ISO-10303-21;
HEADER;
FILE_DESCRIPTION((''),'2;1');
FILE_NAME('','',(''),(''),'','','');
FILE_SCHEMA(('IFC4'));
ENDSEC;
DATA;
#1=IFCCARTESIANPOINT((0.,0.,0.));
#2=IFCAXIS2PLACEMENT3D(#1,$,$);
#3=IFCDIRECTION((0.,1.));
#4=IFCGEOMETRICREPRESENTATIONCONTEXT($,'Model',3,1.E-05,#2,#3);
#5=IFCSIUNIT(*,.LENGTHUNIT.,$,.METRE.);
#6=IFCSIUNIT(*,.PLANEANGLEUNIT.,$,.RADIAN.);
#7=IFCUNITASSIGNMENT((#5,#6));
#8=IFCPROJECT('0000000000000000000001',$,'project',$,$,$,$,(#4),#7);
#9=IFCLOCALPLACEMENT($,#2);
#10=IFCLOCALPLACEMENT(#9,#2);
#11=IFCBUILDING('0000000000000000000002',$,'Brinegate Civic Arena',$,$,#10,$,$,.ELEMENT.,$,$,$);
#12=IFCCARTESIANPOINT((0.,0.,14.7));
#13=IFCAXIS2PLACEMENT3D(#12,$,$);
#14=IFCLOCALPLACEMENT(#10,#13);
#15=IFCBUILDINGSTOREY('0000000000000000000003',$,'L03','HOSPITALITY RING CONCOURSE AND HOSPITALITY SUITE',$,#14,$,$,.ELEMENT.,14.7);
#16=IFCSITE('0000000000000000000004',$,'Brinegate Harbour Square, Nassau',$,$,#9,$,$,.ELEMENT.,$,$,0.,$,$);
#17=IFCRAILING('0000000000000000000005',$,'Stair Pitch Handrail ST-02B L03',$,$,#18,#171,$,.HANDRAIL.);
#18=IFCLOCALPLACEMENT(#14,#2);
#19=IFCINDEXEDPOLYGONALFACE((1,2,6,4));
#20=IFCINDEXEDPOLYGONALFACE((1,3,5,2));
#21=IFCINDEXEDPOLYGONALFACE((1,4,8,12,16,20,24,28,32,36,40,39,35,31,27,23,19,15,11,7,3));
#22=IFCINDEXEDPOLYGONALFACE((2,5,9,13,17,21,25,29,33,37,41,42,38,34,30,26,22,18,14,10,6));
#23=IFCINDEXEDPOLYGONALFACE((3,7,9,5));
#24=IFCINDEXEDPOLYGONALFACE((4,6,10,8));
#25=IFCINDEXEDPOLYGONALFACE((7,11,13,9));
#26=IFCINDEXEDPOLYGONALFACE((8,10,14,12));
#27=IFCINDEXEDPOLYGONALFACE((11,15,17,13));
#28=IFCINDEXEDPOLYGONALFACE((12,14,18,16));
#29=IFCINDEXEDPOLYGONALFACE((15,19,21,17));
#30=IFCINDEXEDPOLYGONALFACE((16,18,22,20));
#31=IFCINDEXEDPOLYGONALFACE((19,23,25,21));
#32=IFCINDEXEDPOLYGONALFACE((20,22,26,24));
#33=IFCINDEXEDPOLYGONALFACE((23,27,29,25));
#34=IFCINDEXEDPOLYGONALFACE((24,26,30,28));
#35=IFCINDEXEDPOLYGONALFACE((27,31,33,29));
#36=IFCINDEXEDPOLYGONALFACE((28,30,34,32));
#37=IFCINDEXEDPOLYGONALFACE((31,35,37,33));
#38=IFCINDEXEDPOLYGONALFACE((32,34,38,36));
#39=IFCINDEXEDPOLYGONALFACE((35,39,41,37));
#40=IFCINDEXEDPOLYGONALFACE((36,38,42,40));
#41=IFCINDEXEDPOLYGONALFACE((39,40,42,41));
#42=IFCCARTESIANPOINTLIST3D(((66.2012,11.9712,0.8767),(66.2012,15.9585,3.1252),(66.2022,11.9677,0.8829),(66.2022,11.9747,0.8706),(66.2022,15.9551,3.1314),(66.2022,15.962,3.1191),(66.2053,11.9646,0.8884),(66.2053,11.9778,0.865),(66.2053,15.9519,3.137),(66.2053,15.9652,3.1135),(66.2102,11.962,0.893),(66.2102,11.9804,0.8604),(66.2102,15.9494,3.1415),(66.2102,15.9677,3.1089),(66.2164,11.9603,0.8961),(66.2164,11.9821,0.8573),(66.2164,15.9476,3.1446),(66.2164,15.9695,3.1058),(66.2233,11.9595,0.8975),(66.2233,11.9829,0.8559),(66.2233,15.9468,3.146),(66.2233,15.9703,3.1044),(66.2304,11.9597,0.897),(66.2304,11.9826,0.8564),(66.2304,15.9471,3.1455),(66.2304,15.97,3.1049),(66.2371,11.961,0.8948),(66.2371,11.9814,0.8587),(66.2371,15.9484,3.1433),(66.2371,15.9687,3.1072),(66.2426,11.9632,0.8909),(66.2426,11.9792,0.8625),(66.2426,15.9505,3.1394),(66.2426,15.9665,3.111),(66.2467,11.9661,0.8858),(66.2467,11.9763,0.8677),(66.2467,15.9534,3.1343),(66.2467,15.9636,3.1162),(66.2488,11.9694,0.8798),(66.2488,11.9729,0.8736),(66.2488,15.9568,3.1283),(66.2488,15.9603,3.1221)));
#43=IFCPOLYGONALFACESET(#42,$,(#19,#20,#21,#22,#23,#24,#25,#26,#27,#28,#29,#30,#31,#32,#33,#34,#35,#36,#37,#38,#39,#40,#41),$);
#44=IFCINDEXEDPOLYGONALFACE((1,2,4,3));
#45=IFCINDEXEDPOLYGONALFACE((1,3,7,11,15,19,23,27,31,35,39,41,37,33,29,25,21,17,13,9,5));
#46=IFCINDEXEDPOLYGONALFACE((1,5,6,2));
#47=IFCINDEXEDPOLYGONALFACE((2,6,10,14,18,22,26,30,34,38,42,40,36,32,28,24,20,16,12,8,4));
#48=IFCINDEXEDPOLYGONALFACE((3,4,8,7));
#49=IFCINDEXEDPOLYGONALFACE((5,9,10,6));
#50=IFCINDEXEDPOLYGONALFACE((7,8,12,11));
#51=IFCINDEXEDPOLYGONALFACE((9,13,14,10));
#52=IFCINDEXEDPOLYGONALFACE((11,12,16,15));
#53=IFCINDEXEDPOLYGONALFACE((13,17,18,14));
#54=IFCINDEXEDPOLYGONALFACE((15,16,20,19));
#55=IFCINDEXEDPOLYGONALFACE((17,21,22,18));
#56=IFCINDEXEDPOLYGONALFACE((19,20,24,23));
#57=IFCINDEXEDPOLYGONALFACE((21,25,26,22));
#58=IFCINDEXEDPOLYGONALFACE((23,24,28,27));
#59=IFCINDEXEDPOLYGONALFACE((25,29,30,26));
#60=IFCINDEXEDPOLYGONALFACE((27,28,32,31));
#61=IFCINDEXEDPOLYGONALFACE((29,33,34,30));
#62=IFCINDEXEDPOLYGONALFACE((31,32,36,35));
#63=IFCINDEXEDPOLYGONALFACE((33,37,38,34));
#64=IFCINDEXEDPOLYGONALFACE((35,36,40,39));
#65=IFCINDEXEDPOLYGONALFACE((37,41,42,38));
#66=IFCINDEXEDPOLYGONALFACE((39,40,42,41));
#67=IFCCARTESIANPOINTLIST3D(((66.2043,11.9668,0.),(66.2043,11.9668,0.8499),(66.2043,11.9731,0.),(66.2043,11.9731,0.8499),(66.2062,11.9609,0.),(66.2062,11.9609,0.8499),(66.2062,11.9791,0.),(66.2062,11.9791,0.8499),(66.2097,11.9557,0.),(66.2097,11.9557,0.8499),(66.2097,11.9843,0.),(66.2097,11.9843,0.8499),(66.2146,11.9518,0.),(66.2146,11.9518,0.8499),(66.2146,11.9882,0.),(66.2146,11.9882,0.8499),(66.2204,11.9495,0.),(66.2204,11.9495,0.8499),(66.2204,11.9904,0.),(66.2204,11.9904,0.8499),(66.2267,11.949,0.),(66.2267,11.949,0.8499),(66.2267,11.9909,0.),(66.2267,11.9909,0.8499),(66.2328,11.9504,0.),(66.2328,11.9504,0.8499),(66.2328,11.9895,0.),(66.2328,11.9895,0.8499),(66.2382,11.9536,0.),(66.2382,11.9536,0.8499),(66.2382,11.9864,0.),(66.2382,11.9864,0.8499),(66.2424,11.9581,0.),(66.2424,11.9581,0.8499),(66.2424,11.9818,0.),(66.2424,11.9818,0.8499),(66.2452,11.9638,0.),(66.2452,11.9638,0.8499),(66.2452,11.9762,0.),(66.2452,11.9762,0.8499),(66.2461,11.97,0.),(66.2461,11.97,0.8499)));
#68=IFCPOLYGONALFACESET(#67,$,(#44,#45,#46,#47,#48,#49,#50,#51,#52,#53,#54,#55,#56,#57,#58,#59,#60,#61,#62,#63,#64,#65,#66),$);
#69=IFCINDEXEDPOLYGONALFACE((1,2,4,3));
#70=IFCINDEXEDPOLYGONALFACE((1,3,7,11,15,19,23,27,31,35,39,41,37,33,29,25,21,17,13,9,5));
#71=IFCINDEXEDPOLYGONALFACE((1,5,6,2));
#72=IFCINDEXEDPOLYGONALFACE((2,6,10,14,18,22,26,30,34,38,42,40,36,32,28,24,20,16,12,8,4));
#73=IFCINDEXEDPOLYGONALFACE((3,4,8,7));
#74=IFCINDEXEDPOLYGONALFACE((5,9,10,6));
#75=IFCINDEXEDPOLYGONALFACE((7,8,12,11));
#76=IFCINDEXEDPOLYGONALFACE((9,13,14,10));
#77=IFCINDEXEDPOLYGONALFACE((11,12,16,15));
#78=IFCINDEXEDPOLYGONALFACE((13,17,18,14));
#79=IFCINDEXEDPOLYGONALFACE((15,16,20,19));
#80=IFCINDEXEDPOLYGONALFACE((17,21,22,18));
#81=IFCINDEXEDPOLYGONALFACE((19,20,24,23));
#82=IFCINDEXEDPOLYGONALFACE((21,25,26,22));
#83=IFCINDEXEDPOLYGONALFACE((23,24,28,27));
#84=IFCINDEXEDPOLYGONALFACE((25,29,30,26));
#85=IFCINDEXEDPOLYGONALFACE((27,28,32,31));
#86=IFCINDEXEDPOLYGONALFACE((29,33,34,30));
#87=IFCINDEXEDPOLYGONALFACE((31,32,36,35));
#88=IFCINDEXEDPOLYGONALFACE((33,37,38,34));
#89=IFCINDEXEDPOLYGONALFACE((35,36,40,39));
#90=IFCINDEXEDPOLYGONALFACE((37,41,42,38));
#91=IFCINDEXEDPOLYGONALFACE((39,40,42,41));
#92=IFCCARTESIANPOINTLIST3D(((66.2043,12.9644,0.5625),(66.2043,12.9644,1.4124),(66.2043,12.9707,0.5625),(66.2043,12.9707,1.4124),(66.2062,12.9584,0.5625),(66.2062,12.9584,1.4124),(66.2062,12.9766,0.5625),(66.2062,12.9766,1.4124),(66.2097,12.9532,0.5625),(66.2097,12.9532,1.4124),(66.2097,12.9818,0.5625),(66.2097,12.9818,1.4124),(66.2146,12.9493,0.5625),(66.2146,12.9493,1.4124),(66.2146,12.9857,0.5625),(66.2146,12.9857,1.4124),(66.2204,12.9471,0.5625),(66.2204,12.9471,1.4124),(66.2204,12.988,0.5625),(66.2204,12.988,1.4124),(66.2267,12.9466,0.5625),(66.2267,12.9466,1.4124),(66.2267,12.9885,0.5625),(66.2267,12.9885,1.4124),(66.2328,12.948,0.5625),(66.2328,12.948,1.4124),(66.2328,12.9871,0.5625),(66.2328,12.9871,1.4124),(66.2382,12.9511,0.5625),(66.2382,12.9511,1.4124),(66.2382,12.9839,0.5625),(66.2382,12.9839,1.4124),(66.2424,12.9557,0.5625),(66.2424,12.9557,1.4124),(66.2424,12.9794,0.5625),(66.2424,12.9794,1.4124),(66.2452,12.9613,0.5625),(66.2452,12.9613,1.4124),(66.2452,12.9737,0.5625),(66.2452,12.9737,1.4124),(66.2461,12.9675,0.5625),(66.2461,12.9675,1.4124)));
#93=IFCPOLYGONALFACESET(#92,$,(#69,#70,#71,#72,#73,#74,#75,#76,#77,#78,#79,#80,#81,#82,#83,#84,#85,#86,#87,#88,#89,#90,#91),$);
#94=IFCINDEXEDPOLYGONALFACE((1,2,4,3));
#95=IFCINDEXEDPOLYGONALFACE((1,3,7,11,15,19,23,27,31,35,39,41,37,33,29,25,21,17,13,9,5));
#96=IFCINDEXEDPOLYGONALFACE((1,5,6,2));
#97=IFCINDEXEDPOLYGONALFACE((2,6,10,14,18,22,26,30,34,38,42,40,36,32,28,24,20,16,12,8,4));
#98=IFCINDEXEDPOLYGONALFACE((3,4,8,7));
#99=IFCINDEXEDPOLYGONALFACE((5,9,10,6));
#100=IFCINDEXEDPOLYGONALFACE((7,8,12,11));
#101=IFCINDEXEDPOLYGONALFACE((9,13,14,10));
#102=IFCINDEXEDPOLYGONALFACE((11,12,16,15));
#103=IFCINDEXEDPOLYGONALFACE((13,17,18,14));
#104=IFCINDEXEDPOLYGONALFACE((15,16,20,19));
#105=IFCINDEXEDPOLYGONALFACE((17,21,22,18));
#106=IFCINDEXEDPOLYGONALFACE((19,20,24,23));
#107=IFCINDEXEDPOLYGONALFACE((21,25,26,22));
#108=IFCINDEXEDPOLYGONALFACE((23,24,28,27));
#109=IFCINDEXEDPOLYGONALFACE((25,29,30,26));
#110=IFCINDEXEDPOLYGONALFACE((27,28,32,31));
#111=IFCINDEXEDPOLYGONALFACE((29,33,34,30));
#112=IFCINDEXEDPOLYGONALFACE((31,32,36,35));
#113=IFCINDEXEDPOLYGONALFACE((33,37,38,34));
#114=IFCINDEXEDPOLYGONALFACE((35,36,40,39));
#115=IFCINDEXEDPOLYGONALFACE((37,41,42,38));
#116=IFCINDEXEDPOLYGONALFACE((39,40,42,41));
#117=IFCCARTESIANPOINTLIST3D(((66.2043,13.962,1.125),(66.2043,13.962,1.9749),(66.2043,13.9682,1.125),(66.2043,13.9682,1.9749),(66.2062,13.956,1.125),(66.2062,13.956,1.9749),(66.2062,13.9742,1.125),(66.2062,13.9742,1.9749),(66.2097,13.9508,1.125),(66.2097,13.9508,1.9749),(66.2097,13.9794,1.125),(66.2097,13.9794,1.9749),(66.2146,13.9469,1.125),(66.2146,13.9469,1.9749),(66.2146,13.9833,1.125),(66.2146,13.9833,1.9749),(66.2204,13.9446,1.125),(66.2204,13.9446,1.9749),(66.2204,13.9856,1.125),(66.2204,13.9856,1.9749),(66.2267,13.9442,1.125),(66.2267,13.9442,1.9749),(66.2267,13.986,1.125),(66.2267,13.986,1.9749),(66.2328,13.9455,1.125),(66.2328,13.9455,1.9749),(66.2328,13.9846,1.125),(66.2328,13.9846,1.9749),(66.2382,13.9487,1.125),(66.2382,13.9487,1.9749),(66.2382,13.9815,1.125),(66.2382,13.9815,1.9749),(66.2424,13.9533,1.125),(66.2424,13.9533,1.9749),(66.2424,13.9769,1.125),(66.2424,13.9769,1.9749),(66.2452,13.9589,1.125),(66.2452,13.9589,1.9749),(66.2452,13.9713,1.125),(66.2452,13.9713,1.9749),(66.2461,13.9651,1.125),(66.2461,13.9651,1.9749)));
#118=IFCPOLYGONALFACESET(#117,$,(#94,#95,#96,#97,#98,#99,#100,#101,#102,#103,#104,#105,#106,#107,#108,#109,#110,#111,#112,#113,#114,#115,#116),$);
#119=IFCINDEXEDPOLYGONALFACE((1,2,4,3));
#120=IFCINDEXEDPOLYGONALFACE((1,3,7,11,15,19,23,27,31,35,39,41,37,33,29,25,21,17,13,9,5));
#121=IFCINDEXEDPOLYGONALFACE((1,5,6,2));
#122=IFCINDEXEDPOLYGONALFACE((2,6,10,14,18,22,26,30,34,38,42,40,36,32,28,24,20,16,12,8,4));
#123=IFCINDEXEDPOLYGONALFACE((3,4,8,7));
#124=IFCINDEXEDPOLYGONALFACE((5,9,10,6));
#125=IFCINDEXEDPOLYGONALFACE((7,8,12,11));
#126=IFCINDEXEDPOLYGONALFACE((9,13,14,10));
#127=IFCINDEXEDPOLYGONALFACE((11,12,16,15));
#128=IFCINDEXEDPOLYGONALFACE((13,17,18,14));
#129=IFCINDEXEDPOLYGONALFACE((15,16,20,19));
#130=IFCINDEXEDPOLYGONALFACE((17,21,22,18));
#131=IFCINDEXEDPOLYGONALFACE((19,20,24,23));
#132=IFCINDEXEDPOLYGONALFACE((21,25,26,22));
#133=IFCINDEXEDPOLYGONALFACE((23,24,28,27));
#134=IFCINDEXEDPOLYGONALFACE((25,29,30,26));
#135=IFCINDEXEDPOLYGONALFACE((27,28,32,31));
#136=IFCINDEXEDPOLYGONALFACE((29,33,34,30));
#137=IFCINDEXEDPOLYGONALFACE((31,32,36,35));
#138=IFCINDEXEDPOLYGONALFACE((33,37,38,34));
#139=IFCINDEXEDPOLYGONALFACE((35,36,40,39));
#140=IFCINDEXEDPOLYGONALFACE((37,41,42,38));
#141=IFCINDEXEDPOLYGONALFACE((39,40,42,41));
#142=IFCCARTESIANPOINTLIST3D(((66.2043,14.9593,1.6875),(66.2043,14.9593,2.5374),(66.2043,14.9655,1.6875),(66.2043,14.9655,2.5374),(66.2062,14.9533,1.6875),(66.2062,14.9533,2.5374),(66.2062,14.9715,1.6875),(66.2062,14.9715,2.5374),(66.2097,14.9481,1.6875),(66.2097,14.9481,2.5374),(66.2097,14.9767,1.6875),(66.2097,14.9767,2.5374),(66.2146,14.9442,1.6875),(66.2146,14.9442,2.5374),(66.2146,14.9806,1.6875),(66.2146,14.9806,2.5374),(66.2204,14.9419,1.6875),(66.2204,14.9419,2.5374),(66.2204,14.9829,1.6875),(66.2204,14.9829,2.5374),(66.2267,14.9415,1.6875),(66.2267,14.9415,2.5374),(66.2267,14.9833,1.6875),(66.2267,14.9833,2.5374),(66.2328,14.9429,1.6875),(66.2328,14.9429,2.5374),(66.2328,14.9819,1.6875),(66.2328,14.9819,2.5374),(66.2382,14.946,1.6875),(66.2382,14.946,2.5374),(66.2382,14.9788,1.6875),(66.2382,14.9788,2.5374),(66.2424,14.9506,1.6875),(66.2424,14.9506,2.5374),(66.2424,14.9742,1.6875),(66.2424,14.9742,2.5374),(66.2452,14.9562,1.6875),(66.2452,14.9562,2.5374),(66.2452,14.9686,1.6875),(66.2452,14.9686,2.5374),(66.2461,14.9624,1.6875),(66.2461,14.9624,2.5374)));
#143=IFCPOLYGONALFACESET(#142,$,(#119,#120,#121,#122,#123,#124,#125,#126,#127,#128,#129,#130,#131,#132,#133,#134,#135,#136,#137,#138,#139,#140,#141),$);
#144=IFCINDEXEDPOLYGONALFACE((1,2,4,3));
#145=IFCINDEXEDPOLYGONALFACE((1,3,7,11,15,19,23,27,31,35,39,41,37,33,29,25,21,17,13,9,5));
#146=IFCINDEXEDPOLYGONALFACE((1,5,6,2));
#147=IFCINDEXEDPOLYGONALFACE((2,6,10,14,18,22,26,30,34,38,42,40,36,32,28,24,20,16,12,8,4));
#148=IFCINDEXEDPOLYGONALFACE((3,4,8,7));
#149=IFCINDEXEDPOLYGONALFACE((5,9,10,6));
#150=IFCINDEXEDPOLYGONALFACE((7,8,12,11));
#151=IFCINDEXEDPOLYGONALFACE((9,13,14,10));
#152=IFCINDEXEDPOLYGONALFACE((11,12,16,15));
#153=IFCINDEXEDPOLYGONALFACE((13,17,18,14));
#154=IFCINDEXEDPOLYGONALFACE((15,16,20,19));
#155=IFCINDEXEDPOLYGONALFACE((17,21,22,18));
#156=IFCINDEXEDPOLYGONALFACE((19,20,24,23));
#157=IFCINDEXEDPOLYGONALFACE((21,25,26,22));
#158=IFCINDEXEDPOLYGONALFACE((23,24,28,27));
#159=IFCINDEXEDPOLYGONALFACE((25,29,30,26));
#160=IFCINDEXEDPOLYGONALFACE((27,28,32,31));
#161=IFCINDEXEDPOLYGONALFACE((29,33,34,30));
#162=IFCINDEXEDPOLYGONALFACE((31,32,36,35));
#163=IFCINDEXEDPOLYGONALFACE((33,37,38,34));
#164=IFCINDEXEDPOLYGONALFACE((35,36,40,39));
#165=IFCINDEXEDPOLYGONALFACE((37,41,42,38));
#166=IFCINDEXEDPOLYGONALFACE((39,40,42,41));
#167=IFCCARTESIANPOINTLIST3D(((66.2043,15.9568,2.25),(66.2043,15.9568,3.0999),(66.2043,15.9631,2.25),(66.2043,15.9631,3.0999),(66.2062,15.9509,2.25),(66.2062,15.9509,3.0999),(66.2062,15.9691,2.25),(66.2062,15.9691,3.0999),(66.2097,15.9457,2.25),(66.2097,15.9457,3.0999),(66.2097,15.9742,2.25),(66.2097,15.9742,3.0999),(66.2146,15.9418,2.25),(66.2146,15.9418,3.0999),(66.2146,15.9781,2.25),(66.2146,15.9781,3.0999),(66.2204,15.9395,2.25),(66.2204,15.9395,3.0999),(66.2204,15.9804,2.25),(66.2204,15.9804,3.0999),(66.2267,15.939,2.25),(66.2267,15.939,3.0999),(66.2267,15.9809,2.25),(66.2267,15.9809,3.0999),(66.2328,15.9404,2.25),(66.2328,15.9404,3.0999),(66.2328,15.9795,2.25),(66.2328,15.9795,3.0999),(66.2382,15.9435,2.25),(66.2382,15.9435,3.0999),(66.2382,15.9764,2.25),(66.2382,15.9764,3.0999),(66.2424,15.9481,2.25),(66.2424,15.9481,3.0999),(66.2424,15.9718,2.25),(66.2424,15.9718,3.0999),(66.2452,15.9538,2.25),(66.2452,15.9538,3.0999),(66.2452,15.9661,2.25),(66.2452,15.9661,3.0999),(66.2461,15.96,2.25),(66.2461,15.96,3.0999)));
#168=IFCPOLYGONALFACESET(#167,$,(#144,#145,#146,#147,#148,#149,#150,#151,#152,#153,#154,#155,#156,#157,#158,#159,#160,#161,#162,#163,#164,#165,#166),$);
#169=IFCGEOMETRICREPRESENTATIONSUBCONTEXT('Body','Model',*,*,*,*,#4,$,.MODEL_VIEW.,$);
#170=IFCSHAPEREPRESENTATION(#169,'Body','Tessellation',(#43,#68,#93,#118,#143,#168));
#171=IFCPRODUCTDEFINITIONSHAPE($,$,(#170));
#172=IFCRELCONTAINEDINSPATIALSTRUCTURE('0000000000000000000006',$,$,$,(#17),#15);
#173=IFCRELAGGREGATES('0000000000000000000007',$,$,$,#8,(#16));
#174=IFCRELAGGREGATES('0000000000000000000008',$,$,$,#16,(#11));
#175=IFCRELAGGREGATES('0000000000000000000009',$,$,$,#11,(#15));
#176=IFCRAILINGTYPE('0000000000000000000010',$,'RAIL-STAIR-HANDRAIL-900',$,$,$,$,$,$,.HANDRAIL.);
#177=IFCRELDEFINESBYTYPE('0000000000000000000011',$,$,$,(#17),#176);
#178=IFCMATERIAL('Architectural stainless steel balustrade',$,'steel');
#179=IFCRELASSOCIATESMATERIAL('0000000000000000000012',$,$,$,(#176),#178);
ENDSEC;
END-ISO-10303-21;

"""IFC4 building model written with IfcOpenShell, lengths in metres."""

from ifc_helpers import new_model, si_unit, direction, frame, origin, origin_2d, place, context, subcontext, project, spatial, circle, extrude, material, type_object, element, save


model = new_model("IFC4")

# Units and contexts
model_context = context("Model", 3, precision=1e-05, world=origin(), true_north=direction((0.0, 1.0)))
body_context = subcontext(model_context, "Body", "Model", "MODEL_VIEW")
ifc_project = project(units=[si_unit("LENGTHUNIT", "METRE"), si_unit("PLANEANGLEUNIT", "RADIAN")], contexts=[model_context])

# Site, building, storey
site_placement = place(None, origin())
site = spatial("IfcSite", under=ifc_project, at=site_placement, Name="Brinegate Harbour Square, Nassau", CompositionType="ELEMENT", RefElevation=0.0)
building_placement = place(site_placement, origin())
building = spatial("IfcBuilding", under=site, at=building_placement, Name="Brinegate Civic Arena", CompositionType="ELEMENT")
storey_placement = place(building_placement, frame((0.0, 0.0, 14.7)))
storey = spatial("IfcBuildingStorey", under=building, at=storey_placement, Name="L03", Description="HOSPITALITY RING CONCOURSE AND HOSPITALITY SUITE", CompositionType="ELEMENT", Elevation=14.7)

# Railing
ifc_material_1 = material(Name="Architectural stainless steel balustrade", Category="steel")
railing_type_1 = type_object("IfcRailingType", Name="RAIL-STAIR-HANDRAIL-900", PredefinedType="HANDRAIL", material=ifc_material_1)
railing_placement = place(storey_placement, frame((66.2251, 11.97, 0.0)))
element("IfcRailing", 1, at=railing_placement, inside=storey, type_object=railing_type_1, Name="Stair Pitch Handrail ST-02B L03", PredefinedType="HANDRAIL", context=body_context, shape_type="SweptSolid", body=[
    extrude(circle(Radius=0.0239, at=origin_2d()), frame((0.0, 0.0012, 0.8767), z_axis=(0.0, 0.87105, 0.491195), x_axis=(-1.0, 0.0, 0.0)), (0.0, 0.0, 1.0), 4.5776),
    extrude(circle(Radius=0.021, at=origin_2d()), origin(), (0.0, 0.0, 1.0), 0.8499),
    extrude(circle(Radius=0.021, at=origin_2d()), frame((0.0, 0.9976, 0.5625)), (0.0, 0.0, 1.0), 0.8499),
    extrude(circle(Radius=0.021, at=origin_2d()), frame((0.0, 1.9951, 1.125)), (0.0, 0.0, 1.0), 0.8499),
    extrude(circle(Radius=0.021, at=origin_2d()), frame((0.0, 2.9924, 1.6875)), (0.0, 0.0, 1.0), 0.8499),
    extrude(circle(Radius=0.021, at=origin_2d()), frame((0.0, 3.99, 2.25)), (0.0, 0.0, 1.0), 0.8499),
])

save(model, "model.ifc")
